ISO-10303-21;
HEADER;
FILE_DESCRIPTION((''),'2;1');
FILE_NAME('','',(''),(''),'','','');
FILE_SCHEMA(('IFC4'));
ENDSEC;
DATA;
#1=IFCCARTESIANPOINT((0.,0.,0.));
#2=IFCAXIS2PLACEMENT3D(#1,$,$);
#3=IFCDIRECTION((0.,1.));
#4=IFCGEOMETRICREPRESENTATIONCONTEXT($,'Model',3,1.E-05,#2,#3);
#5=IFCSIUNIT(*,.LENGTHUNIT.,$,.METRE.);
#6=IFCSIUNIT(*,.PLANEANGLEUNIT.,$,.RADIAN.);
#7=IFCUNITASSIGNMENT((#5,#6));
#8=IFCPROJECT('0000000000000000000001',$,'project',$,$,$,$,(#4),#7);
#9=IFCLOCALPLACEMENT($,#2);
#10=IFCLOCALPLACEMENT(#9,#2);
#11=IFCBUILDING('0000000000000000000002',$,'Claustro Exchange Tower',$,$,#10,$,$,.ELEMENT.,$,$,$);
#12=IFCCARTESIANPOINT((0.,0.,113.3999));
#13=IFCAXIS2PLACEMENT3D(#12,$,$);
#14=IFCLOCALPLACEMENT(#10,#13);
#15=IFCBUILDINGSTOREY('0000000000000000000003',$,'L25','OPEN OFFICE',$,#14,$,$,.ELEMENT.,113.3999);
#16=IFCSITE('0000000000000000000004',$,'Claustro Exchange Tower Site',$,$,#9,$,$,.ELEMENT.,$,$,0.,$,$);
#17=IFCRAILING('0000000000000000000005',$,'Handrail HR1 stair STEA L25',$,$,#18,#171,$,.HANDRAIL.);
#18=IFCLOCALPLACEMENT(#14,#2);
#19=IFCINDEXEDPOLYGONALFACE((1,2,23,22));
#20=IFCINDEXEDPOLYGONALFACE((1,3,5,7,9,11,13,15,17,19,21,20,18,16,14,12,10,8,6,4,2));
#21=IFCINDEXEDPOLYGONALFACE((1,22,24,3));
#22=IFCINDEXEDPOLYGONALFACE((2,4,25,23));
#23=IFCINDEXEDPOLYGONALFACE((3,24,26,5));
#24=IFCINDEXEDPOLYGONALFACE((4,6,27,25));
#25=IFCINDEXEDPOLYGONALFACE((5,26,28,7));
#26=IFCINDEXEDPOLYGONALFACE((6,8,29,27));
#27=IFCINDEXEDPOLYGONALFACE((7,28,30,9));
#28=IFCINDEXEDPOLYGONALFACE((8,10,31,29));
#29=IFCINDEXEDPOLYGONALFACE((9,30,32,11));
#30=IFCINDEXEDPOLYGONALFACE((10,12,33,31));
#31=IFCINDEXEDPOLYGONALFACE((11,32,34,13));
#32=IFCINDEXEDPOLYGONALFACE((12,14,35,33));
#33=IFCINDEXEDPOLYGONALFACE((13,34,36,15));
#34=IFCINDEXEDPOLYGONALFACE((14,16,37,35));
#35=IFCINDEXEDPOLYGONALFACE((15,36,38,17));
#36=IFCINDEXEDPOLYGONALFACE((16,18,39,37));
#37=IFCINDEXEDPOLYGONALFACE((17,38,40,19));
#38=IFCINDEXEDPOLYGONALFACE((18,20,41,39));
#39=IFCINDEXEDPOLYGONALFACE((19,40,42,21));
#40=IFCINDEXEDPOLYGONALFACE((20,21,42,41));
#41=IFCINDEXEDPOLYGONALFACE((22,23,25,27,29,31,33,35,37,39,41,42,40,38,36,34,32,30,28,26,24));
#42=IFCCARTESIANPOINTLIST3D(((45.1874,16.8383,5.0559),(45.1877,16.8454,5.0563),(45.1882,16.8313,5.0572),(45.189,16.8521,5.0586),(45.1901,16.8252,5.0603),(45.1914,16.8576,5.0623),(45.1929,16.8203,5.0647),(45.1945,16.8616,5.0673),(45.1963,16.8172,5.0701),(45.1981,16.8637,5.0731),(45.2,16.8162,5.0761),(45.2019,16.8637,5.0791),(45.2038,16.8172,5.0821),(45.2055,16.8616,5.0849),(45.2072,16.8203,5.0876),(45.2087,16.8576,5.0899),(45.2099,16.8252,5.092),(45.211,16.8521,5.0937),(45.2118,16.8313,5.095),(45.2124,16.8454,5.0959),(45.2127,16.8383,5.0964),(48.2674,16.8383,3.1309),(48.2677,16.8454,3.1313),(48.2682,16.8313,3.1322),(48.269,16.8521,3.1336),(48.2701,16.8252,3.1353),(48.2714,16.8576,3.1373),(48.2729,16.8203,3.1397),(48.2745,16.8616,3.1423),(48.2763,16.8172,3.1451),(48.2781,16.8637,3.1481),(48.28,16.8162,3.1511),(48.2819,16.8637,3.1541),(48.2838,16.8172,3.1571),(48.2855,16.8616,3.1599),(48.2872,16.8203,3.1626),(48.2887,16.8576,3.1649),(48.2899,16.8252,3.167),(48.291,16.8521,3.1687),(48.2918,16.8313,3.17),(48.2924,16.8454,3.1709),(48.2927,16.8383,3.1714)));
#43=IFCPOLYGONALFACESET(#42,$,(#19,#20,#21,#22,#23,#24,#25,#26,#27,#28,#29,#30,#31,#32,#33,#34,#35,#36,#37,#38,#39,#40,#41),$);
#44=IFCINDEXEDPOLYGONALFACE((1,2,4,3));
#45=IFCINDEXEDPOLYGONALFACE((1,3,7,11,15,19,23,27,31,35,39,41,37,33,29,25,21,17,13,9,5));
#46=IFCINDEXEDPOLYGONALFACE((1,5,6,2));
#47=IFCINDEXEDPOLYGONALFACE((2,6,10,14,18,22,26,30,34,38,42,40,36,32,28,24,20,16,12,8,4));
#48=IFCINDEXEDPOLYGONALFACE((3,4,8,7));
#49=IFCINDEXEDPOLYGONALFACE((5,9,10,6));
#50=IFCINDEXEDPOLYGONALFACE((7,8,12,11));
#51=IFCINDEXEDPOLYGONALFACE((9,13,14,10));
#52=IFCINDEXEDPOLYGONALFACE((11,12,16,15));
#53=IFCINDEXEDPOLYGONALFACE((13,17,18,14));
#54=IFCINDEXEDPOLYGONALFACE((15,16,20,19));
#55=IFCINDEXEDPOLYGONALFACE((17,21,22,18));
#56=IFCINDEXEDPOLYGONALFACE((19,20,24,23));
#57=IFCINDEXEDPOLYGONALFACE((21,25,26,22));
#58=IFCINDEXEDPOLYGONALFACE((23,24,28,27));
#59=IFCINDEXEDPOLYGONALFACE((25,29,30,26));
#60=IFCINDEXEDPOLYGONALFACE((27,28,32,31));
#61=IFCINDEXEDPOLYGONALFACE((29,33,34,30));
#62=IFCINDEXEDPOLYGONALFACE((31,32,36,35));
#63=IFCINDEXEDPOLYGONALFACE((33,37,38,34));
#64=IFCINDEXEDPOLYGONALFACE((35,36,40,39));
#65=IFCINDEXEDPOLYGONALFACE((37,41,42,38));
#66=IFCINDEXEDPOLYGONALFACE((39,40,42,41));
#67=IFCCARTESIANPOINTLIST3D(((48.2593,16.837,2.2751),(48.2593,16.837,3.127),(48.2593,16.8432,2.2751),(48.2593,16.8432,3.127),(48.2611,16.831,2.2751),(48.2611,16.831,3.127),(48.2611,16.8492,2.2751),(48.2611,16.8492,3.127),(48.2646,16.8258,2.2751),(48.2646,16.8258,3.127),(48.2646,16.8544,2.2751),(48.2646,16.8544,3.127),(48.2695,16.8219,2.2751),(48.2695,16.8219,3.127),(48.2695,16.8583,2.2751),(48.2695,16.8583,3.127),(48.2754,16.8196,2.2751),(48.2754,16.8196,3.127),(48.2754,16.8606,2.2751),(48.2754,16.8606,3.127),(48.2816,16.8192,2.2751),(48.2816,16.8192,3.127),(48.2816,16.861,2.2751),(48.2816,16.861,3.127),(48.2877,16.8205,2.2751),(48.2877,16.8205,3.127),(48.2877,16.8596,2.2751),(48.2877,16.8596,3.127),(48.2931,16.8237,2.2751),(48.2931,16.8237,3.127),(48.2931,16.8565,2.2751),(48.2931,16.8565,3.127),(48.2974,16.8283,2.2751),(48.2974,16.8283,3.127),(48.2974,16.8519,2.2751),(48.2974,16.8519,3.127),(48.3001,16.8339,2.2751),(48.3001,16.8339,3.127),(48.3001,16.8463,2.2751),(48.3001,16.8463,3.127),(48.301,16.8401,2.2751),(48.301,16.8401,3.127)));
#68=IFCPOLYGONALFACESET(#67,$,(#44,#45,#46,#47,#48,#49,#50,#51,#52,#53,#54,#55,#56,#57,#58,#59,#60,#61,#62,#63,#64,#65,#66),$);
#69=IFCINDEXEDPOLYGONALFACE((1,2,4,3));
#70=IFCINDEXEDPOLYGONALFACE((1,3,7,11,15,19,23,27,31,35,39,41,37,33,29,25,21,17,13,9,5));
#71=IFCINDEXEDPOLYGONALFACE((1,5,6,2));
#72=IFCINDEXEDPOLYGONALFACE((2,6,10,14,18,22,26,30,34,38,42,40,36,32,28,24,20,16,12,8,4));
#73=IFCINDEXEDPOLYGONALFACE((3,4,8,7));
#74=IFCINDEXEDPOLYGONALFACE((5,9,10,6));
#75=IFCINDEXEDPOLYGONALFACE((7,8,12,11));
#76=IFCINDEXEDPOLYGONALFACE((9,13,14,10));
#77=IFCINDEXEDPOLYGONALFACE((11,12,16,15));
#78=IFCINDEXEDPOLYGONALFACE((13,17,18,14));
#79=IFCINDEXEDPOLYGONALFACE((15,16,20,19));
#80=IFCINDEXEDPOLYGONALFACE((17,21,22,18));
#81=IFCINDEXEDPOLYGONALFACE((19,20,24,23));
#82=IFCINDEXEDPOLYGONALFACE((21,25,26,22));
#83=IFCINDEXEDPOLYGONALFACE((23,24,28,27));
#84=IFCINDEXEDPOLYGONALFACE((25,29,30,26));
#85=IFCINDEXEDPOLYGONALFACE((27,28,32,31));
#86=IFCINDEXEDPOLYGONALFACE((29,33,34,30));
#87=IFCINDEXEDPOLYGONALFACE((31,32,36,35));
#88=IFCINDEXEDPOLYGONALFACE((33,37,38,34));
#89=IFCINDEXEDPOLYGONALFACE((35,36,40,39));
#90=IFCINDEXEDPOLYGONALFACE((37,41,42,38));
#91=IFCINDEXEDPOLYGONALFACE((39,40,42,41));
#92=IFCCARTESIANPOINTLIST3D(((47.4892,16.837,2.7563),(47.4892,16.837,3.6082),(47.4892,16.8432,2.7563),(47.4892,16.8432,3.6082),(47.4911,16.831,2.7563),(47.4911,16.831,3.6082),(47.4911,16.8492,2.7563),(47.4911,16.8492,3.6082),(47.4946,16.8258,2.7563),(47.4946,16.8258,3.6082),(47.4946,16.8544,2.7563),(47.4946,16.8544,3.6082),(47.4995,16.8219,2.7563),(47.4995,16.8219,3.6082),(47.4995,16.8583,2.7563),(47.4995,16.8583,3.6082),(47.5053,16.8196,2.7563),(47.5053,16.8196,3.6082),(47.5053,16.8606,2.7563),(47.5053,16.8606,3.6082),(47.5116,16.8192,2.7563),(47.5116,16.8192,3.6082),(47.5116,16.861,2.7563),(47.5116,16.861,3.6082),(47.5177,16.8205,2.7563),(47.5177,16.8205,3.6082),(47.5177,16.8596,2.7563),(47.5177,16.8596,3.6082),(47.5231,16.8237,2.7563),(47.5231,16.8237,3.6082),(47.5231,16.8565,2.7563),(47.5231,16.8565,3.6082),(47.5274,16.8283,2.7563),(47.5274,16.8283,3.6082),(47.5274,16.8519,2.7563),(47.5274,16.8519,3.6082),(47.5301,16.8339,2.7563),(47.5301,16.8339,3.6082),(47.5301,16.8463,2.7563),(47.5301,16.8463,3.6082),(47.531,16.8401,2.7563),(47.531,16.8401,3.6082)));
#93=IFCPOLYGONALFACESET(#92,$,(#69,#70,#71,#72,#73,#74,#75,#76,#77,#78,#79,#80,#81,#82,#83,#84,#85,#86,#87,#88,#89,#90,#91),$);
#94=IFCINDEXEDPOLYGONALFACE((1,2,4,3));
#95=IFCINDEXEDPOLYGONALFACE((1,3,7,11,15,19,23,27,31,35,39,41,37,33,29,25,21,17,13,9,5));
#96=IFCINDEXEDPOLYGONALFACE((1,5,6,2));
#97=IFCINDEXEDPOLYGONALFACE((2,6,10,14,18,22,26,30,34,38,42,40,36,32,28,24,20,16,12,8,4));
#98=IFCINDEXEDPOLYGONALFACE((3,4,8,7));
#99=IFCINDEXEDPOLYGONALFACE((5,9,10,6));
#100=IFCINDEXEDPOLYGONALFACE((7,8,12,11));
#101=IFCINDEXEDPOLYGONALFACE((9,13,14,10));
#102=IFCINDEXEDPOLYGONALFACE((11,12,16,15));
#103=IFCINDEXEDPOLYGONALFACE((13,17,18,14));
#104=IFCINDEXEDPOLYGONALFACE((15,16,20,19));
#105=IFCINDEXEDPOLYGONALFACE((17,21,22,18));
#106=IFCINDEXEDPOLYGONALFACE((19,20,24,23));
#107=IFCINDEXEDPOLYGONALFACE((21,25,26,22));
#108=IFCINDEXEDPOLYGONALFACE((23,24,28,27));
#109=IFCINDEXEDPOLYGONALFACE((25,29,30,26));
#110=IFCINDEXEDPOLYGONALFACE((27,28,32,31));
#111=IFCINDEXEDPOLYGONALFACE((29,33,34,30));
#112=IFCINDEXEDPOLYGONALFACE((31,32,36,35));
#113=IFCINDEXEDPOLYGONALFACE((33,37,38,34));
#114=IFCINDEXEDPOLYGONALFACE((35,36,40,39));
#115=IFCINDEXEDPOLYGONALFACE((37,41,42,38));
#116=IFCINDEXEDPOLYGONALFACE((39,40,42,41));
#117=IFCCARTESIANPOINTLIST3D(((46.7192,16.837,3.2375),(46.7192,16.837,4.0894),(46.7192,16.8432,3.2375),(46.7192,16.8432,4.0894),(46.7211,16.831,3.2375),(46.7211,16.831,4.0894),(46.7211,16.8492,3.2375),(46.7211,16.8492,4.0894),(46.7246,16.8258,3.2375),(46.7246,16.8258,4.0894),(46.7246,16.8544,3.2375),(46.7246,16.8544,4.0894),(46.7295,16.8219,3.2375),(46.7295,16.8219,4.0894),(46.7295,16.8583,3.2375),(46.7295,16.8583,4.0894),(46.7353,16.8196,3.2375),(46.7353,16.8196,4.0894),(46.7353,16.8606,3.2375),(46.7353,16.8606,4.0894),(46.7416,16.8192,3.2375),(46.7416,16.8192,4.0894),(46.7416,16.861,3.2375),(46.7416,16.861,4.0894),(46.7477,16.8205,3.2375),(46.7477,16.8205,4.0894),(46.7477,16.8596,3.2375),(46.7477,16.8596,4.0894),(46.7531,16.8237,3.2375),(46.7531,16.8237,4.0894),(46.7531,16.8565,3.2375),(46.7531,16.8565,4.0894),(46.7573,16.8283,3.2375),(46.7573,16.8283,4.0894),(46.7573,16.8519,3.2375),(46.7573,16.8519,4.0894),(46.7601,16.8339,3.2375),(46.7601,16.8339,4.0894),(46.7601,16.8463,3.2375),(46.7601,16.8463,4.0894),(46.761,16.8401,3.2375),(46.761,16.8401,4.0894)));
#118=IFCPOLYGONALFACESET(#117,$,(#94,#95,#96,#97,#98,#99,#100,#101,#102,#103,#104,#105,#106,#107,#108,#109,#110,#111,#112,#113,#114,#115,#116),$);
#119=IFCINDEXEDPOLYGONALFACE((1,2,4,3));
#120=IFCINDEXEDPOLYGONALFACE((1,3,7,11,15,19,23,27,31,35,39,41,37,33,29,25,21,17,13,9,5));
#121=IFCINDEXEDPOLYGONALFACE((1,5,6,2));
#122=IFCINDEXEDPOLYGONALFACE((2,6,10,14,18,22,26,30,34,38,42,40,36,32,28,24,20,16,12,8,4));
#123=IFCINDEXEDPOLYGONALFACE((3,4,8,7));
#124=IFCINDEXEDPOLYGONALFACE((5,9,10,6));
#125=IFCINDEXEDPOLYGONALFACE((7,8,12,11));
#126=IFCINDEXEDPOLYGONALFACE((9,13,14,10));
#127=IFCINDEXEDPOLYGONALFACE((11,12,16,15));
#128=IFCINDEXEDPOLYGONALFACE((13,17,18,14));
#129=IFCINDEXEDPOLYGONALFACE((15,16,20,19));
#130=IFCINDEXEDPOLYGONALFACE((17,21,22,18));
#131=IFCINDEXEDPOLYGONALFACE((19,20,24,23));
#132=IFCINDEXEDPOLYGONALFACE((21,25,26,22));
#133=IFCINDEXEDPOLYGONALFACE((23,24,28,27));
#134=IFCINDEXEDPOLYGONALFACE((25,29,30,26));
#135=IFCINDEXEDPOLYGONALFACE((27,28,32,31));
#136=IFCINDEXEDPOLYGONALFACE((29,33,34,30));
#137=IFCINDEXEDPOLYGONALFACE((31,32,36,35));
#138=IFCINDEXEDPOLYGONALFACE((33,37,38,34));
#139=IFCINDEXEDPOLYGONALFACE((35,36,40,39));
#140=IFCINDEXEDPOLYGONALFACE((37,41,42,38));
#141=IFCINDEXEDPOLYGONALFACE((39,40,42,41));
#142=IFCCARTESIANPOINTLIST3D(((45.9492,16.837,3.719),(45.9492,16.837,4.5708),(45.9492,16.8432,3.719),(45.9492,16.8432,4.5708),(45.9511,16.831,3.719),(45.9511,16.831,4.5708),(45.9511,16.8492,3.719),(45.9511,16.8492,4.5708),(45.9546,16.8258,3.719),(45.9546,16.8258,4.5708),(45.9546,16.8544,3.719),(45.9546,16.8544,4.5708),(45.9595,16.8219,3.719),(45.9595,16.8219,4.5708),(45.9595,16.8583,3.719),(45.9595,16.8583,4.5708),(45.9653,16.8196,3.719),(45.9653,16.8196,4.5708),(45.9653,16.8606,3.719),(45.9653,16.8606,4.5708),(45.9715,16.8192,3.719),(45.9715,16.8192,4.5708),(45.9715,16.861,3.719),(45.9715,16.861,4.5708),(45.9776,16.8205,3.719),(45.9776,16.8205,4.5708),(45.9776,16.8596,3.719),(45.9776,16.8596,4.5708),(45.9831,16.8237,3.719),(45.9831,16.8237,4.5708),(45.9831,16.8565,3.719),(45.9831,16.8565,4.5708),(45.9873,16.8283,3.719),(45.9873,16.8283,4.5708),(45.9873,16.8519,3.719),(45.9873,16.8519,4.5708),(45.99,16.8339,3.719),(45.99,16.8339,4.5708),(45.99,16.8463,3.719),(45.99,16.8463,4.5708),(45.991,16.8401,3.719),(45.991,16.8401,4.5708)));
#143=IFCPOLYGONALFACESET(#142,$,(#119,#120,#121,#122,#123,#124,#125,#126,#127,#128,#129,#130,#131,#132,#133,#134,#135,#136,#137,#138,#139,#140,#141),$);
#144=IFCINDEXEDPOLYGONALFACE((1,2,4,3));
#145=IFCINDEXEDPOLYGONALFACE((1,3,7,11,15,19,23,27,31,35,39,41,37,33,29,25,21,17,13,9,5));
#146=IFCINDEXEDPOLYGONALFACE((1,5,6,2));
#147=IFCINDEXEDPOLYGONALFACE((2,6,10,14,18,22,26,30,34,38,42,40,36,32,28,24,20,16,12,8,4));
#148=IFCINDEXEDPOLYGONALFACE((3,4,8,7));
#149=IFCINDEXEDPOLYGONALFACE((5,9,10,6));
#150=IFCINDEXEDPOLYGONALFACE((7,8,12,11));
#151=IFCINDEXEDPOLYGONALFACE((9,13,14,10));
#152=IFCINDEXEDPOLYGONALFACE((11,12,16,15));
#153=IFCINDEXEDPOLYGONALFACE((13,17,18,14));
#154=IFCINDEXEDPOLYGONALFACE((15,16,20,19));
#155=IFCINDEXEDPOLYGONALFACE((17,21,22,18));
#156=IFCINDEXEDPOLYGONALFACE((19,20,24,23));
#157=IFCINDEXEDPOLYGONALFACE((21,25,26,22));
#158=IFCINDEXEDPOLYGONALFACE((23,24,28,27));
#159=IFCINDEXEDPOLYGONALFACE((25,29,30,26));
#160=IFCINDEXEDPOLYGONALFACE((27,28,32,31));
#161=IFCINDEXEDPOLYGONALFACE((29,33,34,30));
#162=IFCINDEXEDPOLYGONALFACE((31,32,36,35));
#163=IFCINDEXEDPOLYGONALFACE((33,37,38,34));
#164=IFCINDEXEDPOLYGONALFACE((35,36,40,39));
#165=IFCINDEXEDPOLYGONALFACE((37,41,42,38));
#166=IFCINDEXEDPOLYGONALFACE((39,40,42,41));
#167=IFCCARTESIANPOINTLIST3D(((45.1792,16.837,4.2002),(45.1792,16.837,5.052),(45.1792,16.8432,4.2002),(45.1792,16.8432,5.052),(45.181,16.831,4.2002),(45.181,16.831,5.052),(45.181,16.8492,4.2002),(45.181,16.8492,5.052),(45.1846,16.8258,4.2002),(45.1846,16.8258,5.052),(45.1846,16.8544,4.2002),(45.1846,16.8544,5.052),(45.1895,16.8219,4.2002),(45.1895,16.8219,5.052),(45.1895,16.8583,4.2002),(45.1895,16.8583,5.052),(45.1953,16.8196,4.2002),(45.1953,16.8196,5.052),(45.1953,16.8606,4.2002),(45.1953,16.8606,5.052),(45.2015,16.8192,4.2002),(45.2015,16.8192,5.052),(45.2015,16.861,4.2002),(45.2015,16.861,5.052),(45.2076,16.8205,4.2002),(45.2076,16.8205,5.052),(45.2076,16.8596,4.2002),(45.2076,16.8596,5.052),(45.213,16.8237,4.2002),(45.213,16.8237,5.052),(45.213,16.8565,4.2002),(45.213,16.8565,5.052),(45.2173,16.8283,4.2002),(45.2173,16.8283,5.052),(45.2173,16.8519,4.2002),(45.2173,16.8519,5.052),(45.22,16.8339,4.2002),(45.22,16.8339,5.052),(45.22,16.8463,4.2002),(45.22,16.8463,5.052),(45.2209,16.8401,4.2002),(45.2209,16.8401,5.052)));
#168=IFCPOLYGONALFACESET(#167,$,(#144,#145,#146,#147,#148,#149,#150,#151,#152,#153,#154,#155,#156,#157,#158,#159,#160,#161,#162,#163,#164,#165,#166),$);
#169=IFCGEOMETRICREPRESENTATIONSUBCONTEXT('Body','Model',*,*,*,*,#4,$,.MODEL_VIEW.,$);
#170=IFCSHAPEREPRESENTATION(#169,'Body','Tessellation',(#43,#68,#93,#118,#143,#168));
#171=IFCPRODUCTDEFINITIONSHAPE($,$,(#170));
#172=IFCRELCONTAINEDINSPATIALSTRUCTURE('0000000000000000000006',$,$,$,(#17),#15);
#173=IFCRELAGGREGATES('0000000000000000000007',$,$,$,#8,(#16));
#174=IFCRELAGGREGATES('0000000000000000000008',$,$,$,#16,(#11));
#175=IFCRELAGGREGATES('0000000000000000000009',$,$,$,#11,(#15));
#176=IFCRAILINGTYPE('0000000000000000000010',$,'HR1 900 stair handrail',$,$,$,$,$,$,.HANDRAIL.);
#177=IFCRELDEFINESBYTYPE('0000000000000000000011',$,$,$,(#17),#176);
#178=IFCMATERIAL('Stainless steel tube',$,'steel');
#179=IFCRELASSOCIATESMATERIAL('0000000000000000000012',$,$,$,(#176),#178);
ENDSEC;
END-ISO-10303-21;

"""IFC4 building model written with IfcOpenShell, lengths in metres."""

from ifc_helpers import new_model, si_unit, direction, frame, origin, origin_2d, place, context, subcontext, project, spatial, circle, extrude, material, type_object, element, save


model = new_model("IFC4")

# Units and contexts
model_context = context("Model", 3, precision=1e-05, world=origin(), true_north=direction((0.0, 1.0)))
body_context = subcontext(model_context, "Body", "Model", "MODEL_VIEW")
ifc_project = project(units=[si_unit("LENGTHUNIT", "METRE"), si_unit("PLANEANGLEUNIT", "RADIAN")], contexts=[model_context])

# Site, building, storey
site_placement = place(None, origin())
site = spatial("IfcSite", under=ifc_project, at=site_placement, Name="Claustro Exchange Tower Site", CompositionType="ELEMENT", RefElevation=0.0)
building_placement = place(site_placement, origin())
building = spatial("IfcBuilding", under=site, at=building_placement, Name="Claustro Exchange Tower", CompositionType="ELEMENT")
storey_placement = place(building_placement, frame((0.0, 0.0, 113.3999)))
storey = spatial("IfcBuildingStorey", under=building, at=storey_placement, Name="L25", Description="OPEN OFFICE", CompositionType="ELEMENT", Elevation=113.3999)

# Railing
ifc_material_1 = material(Name="Stainless steel tube", Category="steel")
railing_type_1 = type_object("IfcRailingType", Name="HR1 900 stair handrail", PredefinedType="HANDRAIL", material=ifc_material_1)
railing_1_placement = place(storey_placement, frame((48.28, 16.8401, 2.2751)))
element("IfcRailing", 1, at=railing_1_placement, inside=storey, type_object=railing_type_1, Name="Handrail HR1 stair STEA L25", PredefinedType="HANDRAIL", context=body_context, shape_type="SweptSolid", body=[
    extrude(circle(Radius=0.0239, at=origin_2d()), frame((0.0, 0.0, 0.876), z_axis=(-0.847998, 0.0, 0.529999), x_axis=(0.0, -1.0, 0.0)), (0.0, 0.0, 1.0), 3.6321),
    extrude(circle(Radius=0.021, at=origin_2d()), origin(), (0.0, 0.0, 1.0), 0.8518),
    extrude(circle(Radius=0.021, at=origin_2d()), frame((-0.77, 0.0, 0.4812)), (0.0, 0.0, 1.0), 0.8518),
    extrude(circle(Radius=0.021, at=origin_2d()), frame((-1.54, 0.0, 0.9624)), (0.0, 0.0, 1.0), 0.8518),
    extrude(circle(Radius=0.021, at=origin_2d()), frame((-2.3101, 0.0, 1.4438)), (0.0, 0.0, 1.0), 0.8518),
    extrude(circle(Radius=0.021, at=origin_2d()), frame((-3.0801, 0.0, 1.925)), (0.0, 0.0, 1.0), 0.8518),
])

save(model, "model.ifc")
